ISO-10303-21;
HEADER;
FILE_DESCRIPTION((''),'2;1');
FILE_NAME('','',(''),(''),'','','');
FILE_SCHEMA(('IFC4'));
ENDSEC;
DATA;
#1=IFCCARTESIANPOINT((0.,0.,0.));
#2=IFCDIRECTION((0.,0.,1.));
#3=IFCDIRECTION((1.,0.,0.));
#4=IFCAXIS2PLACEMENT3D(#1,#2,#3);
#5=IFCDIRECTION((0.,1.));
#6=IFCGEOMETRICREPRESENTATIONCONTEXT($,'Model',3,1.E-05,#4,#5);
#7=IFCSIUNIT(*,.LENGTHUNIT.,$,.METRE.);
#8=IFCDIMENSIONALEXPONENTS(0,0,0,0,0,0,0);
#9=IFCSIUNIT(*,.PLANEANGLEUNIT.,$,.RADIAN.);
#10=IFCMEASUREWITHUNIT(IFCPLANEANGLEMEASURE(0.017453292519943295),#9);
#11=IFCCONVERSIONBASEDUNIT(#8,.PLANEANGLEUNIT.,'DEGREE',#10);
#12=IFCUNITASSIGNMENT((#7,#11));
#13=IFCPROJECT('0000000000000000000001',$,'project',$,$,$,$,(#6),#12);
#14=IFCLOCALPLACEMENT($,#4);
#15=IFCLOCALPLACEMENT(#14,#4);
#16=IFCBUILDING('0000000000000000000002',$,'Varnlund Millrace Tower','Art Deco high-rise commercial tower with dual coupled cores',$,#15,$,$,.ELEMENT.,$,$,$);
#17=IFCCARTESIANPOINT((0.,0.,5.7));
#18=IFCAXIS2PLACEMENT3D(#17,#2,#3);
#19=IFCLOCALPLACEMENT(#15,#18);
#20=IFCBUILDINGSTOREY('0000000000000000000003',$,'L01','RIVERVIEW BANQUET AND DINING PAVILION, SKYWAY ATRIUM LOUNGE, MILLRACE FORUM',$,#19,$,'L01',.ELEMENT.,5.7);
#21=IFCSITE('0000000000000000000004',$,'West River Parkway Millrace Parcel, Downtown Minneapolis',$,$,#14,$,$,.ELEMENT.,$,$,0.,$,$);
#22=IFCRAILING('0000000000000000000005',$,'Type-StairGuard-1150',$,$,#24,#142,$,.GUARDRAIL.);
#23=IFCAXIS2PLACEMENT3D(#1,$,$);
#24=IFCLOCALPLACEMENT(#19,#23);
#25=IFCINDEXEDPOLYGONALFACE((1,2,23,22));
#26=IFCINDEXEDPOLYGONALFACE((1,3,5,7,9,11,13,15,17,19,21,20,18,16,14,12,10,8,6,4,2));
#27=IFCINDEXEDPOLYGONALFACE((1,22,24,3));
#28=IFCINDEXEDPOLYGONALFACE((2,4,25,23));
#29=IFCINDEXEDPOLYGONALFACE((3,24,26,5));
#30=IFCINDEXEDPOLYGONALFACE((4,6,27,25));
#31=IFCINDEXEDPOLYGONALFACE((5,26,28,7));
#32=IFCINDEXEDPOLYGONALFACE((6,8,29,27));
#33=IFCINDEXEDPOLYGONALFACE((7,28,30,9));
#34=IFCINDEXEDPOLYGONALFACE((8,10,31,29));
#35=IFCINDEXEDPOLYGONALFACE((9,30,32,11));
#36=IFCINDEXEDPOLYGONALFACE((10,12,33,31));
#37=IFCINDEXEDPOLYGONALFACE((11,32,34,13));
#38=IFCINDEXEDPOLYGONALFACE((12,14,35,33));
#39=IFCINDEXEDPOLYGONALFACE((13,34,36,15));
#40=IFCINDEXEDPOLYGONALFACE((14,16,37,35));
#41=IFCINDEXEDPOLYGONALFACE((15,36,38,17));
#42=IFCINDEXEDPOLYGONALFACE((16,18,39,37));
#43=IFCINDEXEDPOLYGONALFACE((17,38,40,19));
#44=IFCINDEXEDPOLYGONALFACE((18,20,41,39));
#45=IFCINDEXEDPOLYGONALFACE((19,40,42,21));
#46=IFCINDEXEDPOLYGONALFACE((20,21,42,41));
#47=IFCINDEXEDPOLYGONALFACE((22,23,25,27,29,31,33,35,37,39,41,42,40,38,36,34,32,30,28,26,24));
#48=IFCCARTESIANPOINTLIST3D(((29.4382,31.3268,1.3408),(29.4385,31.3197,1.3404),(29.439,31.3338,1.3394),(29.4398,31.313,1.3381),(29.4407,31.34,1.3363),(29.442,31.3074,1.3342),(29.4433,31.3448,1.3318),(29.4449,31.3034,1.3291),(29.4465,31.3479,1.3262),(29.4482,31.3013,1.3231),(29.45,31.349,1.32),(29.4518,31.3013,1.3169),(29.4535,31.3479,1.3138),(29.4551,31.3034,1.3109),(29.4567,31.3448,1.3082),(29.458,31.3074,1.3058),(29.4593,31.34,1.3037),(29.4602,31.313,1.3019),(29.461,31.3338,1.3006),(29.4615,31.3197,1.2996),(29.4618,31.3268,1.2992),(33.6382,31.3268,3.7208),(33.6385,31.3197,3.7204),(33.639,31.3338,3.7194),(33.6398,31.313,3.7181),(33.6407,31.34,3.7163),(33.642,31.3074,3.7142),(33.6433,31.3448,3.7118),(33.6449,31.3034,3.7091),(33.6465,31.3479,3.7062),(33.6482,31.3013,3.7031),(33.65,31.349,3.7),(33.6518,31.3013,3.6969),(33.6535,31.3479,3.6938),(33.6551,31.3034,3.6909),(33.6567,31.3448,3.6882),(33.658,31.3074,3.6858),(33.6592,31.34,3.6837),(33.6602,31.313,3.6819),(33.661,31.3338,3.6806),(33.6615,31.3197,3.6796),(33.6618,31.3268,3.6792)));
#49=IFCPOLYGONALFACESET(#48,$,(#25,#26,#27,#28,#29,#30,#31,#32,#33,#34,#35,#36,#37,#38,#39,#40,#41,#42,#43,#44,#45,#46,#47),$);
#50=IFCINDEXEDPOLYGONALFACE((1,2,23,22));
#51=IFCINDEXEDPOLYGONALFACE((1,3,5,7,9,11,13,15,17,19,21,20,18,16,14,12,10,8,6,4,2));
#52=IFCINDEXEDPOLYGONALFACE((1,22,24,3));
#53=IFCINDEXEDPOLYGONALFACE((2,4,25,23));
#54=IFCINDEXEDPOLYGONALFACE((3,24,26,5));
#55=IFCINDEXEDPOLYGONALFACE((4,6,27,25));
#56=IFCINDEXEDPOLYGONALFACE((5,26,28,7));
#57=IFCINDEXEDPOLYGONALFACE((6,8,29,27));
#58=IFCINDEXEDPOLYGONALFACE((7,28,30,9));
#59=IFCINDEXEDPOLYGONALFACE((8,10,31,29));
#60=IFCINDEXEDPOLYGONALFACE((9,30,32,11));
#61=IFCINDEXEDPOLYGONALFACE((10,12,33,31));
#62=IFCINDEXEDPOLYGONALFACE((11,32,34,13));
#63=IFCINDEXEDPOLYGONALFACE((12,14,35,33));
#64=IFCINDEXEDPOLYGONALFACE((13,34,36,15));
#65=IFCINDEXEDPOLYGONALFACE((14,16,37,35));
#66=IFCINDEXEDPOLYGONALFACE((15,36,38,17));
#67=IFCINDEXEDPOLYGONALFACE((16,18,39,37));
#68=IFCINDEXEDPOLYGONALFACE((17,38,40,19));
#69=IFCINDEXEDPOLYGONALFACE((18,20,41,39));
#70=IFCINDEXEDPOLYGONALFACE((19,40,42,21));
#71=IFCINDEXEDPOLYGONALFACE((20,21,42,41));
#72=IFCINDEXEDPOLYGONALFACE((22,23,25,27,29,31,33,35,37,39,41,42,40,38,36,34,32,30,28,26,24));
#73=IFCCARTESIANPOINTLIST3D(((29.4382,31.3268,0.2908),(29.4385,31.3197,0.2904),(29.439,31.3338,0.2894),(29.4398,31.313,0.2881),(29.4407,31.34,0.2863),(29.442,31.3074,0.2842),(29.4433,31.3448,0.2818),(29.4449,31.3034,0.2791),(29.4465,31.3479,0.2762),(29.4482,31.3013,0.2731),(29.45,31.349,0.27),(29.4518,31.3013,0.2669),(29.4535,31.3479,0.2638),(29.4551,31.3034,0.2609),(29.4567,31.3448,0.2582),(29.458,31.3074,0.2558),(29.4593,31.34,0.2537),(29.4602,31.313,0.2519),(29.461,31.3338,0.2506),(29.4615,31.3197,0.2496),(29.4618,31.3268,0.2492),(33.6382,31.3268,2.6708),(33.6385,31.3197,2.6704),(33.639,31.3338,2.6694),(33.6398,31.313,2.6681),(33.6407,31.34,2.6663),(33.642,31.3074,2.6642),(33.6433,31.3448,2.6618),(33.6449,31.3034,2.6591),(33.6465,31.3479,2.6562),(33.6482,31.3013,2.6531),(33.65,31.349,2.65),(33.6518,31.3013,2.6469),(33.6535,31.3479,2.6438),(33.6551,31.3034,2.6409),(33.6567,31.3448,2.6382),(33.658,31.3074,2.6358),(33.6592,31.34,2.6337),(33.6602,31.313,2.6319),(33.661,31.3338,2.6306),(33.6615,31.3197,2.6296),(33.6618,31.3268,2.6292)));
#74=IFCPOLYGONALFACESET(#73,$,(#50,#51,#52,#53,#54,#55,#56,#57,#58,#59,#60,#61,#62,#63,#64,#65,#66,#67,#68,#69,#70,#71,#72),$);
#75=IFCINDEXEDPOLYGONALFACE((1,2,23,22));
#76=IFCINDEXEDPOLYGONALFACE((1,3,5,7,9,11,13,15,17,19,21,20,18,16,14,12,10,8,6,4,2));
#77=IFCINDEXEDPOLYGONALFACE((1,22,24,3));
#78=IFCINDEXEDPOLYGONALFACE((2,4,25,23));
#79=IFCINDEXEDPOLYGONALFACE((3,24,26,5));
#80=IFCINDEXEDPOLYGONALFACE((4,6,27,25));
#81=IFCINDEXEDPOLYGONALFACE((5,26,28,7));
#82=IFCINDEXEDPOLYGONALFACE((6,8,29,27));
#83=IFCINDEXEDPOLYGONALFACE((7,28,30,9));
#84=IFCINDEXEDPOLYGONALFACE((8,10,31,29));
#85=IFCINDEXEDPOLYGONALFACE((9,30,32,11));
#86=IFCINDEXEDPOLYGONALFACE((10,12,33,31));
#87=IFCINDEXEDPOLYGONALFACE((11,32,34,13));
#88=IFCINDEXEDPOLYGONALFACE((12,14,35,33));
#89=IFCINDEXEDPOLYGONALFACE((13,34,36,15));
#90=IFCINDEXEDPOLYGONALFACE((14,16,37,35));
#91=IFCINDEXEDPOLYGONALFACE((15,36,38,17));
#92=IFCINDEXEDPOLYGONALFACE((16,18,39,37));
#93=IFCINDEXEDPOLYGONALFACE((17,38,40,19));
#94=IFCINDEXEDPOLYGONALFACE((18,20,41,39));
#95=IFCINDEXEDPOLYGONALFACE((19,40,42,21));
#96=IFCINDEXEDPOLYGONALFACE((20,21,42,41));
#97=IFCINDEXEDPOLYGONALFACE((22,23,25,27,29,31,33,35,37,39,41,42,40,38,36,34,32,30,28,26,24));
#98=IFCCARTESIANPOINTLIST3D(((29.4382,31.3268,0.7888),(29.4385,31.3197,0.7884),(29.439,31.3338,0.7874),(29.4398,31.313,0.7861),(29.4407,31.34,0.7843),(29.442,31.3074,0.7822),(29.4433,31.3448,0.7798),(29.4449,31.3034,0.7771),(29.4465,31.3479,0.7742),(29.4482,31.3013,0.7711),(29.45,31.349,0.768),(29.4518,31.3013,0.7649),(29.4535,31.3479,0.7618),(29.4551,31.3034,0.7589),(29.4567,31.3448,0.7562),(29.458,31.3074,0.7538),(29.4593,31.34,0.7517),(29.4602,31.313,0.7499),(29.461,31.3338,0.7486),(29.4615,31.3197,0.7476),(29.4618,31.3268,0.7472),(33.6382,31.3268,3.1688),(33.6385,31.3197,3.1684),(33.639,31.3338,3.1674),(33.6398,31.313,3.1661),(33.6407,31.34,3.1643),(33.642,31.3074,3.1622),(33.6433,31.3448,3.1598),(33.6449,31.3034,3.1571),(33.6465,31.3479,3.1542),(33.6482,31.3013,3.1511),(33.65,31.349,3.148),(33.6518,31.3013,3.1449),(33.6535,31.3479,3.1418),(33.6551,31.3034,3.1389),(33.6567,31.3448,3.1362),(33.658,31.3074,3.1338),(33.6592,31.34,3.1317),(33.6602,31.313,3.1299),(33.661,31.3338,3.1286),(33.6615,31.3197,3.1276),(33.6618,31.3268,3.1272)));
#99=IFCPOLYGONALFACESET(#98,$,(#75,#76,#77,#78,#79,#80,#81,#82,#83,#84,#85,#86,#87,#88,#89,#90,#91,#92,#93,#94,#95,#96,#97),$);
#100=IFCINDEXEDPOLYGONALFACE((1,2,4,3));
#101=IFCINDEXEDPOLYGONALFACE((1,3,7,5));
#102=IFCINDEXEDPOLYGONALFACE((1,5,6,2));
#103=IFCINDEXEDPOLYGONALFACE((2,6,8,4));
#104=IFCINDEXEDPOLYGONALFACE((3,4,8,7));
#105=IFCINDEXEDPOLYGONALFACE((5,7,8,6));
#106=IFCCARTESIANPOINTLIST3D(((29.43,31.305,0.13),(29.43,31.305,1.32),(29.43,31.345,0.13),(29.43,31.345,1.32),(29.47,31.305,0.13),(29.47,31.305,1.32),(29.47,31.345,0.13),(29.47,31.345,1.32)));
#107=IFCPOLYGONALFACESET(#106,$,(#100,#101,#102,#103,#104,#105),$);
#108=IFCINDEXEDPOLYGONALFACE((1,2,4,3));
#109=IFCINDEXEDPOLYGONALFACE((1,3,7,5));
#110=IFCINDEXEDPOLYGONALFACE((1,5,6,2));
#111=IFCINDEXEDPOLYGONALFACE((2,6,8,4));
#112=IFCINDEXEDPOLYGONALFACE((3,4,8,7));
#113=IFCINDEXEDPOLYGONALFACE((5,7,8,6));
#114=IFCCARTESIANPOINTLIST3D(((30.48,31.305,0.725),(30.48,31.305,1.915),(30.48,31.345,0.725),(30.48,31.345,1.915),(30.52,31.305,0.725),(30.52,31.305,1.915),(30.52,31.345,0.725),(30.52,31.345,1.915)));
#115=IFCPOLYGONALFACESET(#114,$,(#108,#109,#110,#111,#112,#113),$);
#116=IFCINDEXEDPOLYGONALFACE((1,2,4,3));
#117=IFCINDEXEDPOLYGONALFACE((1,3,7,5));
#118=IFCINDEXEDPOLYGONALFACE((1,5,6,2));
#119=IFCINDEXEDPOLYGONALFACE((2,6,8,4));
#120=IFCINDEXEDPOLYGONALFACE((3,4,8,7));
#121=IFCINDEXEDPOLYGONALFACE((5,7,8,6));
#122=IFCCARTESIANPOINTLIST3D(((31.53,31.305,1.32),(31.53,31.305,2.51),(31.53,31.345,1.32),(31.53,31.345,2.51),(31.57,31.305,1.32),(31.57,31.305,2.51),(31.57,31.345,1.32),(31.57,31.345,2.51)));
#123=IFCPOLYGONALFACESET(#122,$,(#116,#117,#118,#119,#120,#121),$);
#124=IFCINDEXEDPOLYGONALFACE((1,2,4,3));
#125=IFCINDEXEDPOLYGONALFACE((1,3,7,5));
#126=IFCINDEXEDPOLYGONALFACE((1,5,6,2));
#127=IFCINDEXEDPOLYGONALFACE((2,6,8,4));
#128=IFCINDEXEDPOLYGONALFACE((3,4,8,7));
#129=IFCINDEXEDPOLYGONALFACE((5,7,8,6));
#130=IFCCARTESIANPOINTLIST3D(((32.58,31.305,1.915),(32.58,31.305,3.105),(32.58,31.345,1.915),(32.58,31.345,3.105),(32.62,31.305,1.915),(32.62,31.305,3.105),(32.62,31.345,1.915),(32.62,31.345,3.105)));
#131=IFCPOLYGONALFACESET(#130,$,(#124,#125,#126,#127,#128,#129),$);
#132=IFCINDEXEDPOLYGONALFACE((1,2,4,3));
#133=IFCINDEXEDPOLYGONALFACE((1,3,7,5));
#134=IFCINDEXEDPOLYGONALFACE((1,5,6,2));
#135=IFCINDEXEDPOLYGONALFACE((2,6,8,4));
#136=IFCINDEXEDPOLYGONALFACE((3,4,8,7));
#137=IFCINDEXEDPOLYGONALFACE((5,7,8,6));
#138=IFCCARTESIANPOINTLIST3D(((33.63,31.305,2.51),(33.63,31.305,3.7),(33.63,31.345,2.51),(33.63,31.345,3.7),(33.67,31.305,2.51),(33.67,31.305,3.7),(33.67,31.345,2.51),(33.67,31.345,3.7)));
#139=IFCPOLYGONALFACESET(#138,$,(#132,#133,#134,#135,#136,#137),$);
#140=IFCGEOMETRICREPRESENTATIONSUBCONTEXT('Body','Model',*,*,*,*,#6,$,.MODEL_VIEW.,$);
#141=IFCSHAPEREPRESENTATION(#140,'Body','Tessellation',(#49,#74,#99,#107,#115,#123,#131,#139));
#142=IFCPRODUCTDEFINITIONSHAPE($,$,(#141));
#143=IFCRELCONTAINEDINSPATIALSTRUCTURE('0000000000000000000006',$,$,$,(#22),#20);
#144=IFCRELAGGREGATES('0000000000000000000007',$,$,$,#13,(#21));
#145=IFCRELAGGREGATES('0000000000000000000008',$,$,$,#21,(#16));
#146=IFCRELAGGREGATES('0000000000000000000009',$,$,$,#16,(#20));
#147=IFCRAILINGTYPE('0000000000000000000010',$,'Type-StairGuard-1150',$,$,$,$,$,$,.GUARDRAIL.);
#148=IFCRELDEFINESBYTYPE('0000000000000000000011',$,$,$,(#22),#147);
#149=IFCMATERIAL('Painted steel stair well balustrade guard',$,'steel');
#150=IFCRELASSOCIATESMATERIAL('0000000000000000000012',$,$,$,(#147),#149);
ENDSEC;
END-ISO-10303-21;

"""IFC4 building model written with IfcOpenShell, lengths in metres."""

from ifc_helpers import new_model, entity, si_unit, converted_unit, direction, frame, origin_with_axes, origin_2d_with_axis, place, context, subcontext, project, spatial, rectangle, circle, extrude, material, type_object, element, save


model = new_model("IFC4")

# Units and contexts
model_context = context("Model", 3, precision=1e-05, world=origin_with_axes(), true_north=direction((0.0, 1.0)))
body_context = subcontext(model_context, "Body", "Model", "MODEL_VIEW")
ifc_project = project(units=[si_unit("LENGTHUNIT", "METRE"), converted_unit("PLANEANGLEUNIT", "DEGREE", entity("IfcPlaneAngleMeasure", 0.017453292519943295), si_unit("PLANEANGLEUNIT", "RADIAN"), dimensions=[0, 0, 0, 0, 0, 0, 0])], contexts=[model_context])

# Site, building, storey
site_placement = place(None, origin_with_axes())
site = spatial("IfcSite", under=ifc_project, at=site_placement, Name="West River Parkway Millrace Parcel, Downtown Minneapolis", CompositionType="ELEMENT", RefElevation=0.0)
building_placement = place(site_placement, origin_with_axes())
building = spatial("IfcBuilding", under=site, at=building_placement, Name="Varnlund Millrace Tower", Description="Art Deco high-rise commercial tower with dual coupled cores", CompositionType="ELEMENT")
storey_placement = place(building_placement, frame((0.0, 0.0, 5.7), z_axis=(0.0, 0.0, 1.0), x_axis=(1.0, 0.0, 0.0)))
storey = spatial("IfcBuildingStorey", under=building, at=storey_placement, Name="L01", Description="RIVERVIEW BANQUET AND DINING PAVILION, SKYWAY ATRIUM LOUNGE, MILLRACE FORUM", LongName="L01", CompositionType="ELEMENT", Elevation=5.7)

# Railing
ifc_material_1 = material(Name="Painted steel stair well balustrade guard", Category="steel")
railing_type_1 = type_object("IfcRailingType", Name="Type-StairGuard-1150", PredefinedType="GUARDRAIL", material=ifc_material_1)
railing_1_placement = place(storey_placement, frame((0.0, 0.0, -5.7), z_axis=(0.0, 0.0, 1.0), x_axis=(1.0, 0.0, 0.0)))
element("IfcRailing", 1, at=railing_1_placement, inside=storey, type_object=railing_type_1, Name="Type-StairGuard-1150", PredefinedType="GUARDRAIL", context=body_context, shape_type="SweptSolid", body=[
    extrude(circle(Radius=0.024, at=origin_2d_with_axis()), frame((29.45, 31.325, 7.02), z_axis=(0.870022, 0.0, 0.493013), x_axis=(0.0, 1.0, 0.0)), (0.0, 0.0, 1.0), 4.8275),
    extrude(circle(Radius=0.024, at=origin_2d_with_axis()), frame((29.45, 31.325, 5.97), z_axis=(0.870022, 0.0, 0.493013), x_axis=(0.0, 1.0, 0.0)), (0.0, 0.0, 1.0), 4.8275),
    extrude(circle(Radius=0.024, at=origin_2d_with_axis()), frame((29.45, 31.325, 6.468), z_axis=(0.870022, 0.0, 0.493013), x_axis=(0.0, 1.0, 0.0)), (0.0, 0.0, 1.0), 4.8275),
    extrude(rectangle(XDim=0.04, YDim=0.04, at=origin_2d_with_axis()), frame((29.45, 31.325, 5.83), z_axis=(0.0, 0.0, 1.0), x_axis=(1.0, 0.0, 0.0)), (0.0, 0.0, 1.0), 1.19),
    extrude(rectangle(XDim=0.04, YDim=0.04, at=origin_2d_with_axis()), frame((30.5, 31.325, 6.425), z_axis=(0.0, 0.0, 1.0), x_axis=(1.0, 0.0, 0.0)), (0.0, 0.0, 1.0), 1.19),
    extrude(rectangle(XDim=0.04, YDim=0.04, at=origin_2d_with_axis()), frame((31.55, 31.325, 7.02), z_axis=(0.0, 0.0, 1.0), x_axis=(1.0, 0.0, 0.0)), (0.0, 0.0, 1.0), 1.19),
    extrude(rectangle(XDim=0.04, YDim=0.04, at=origin_2d_with_axis()), frame((32.6, 31.325, 7.615), z_axis=(0.0, 0.0, 1.0), x_axis=(1.0, 0.0, 0.0)), (0.0, 0.0, 1.0), 1.19),
    extrude(rectangle(XDim=0.04, YDim=0.04, at=origin_2d_with_axis()), frame((33.65, 31.325, 8.21), z_axis=(0.0, 0.0, 1.0), x_axis=(1.0, 0.0, 0.0)), (0.0, 0.0, 1.0), 1.19),
])

save(model, "model.ifc")
